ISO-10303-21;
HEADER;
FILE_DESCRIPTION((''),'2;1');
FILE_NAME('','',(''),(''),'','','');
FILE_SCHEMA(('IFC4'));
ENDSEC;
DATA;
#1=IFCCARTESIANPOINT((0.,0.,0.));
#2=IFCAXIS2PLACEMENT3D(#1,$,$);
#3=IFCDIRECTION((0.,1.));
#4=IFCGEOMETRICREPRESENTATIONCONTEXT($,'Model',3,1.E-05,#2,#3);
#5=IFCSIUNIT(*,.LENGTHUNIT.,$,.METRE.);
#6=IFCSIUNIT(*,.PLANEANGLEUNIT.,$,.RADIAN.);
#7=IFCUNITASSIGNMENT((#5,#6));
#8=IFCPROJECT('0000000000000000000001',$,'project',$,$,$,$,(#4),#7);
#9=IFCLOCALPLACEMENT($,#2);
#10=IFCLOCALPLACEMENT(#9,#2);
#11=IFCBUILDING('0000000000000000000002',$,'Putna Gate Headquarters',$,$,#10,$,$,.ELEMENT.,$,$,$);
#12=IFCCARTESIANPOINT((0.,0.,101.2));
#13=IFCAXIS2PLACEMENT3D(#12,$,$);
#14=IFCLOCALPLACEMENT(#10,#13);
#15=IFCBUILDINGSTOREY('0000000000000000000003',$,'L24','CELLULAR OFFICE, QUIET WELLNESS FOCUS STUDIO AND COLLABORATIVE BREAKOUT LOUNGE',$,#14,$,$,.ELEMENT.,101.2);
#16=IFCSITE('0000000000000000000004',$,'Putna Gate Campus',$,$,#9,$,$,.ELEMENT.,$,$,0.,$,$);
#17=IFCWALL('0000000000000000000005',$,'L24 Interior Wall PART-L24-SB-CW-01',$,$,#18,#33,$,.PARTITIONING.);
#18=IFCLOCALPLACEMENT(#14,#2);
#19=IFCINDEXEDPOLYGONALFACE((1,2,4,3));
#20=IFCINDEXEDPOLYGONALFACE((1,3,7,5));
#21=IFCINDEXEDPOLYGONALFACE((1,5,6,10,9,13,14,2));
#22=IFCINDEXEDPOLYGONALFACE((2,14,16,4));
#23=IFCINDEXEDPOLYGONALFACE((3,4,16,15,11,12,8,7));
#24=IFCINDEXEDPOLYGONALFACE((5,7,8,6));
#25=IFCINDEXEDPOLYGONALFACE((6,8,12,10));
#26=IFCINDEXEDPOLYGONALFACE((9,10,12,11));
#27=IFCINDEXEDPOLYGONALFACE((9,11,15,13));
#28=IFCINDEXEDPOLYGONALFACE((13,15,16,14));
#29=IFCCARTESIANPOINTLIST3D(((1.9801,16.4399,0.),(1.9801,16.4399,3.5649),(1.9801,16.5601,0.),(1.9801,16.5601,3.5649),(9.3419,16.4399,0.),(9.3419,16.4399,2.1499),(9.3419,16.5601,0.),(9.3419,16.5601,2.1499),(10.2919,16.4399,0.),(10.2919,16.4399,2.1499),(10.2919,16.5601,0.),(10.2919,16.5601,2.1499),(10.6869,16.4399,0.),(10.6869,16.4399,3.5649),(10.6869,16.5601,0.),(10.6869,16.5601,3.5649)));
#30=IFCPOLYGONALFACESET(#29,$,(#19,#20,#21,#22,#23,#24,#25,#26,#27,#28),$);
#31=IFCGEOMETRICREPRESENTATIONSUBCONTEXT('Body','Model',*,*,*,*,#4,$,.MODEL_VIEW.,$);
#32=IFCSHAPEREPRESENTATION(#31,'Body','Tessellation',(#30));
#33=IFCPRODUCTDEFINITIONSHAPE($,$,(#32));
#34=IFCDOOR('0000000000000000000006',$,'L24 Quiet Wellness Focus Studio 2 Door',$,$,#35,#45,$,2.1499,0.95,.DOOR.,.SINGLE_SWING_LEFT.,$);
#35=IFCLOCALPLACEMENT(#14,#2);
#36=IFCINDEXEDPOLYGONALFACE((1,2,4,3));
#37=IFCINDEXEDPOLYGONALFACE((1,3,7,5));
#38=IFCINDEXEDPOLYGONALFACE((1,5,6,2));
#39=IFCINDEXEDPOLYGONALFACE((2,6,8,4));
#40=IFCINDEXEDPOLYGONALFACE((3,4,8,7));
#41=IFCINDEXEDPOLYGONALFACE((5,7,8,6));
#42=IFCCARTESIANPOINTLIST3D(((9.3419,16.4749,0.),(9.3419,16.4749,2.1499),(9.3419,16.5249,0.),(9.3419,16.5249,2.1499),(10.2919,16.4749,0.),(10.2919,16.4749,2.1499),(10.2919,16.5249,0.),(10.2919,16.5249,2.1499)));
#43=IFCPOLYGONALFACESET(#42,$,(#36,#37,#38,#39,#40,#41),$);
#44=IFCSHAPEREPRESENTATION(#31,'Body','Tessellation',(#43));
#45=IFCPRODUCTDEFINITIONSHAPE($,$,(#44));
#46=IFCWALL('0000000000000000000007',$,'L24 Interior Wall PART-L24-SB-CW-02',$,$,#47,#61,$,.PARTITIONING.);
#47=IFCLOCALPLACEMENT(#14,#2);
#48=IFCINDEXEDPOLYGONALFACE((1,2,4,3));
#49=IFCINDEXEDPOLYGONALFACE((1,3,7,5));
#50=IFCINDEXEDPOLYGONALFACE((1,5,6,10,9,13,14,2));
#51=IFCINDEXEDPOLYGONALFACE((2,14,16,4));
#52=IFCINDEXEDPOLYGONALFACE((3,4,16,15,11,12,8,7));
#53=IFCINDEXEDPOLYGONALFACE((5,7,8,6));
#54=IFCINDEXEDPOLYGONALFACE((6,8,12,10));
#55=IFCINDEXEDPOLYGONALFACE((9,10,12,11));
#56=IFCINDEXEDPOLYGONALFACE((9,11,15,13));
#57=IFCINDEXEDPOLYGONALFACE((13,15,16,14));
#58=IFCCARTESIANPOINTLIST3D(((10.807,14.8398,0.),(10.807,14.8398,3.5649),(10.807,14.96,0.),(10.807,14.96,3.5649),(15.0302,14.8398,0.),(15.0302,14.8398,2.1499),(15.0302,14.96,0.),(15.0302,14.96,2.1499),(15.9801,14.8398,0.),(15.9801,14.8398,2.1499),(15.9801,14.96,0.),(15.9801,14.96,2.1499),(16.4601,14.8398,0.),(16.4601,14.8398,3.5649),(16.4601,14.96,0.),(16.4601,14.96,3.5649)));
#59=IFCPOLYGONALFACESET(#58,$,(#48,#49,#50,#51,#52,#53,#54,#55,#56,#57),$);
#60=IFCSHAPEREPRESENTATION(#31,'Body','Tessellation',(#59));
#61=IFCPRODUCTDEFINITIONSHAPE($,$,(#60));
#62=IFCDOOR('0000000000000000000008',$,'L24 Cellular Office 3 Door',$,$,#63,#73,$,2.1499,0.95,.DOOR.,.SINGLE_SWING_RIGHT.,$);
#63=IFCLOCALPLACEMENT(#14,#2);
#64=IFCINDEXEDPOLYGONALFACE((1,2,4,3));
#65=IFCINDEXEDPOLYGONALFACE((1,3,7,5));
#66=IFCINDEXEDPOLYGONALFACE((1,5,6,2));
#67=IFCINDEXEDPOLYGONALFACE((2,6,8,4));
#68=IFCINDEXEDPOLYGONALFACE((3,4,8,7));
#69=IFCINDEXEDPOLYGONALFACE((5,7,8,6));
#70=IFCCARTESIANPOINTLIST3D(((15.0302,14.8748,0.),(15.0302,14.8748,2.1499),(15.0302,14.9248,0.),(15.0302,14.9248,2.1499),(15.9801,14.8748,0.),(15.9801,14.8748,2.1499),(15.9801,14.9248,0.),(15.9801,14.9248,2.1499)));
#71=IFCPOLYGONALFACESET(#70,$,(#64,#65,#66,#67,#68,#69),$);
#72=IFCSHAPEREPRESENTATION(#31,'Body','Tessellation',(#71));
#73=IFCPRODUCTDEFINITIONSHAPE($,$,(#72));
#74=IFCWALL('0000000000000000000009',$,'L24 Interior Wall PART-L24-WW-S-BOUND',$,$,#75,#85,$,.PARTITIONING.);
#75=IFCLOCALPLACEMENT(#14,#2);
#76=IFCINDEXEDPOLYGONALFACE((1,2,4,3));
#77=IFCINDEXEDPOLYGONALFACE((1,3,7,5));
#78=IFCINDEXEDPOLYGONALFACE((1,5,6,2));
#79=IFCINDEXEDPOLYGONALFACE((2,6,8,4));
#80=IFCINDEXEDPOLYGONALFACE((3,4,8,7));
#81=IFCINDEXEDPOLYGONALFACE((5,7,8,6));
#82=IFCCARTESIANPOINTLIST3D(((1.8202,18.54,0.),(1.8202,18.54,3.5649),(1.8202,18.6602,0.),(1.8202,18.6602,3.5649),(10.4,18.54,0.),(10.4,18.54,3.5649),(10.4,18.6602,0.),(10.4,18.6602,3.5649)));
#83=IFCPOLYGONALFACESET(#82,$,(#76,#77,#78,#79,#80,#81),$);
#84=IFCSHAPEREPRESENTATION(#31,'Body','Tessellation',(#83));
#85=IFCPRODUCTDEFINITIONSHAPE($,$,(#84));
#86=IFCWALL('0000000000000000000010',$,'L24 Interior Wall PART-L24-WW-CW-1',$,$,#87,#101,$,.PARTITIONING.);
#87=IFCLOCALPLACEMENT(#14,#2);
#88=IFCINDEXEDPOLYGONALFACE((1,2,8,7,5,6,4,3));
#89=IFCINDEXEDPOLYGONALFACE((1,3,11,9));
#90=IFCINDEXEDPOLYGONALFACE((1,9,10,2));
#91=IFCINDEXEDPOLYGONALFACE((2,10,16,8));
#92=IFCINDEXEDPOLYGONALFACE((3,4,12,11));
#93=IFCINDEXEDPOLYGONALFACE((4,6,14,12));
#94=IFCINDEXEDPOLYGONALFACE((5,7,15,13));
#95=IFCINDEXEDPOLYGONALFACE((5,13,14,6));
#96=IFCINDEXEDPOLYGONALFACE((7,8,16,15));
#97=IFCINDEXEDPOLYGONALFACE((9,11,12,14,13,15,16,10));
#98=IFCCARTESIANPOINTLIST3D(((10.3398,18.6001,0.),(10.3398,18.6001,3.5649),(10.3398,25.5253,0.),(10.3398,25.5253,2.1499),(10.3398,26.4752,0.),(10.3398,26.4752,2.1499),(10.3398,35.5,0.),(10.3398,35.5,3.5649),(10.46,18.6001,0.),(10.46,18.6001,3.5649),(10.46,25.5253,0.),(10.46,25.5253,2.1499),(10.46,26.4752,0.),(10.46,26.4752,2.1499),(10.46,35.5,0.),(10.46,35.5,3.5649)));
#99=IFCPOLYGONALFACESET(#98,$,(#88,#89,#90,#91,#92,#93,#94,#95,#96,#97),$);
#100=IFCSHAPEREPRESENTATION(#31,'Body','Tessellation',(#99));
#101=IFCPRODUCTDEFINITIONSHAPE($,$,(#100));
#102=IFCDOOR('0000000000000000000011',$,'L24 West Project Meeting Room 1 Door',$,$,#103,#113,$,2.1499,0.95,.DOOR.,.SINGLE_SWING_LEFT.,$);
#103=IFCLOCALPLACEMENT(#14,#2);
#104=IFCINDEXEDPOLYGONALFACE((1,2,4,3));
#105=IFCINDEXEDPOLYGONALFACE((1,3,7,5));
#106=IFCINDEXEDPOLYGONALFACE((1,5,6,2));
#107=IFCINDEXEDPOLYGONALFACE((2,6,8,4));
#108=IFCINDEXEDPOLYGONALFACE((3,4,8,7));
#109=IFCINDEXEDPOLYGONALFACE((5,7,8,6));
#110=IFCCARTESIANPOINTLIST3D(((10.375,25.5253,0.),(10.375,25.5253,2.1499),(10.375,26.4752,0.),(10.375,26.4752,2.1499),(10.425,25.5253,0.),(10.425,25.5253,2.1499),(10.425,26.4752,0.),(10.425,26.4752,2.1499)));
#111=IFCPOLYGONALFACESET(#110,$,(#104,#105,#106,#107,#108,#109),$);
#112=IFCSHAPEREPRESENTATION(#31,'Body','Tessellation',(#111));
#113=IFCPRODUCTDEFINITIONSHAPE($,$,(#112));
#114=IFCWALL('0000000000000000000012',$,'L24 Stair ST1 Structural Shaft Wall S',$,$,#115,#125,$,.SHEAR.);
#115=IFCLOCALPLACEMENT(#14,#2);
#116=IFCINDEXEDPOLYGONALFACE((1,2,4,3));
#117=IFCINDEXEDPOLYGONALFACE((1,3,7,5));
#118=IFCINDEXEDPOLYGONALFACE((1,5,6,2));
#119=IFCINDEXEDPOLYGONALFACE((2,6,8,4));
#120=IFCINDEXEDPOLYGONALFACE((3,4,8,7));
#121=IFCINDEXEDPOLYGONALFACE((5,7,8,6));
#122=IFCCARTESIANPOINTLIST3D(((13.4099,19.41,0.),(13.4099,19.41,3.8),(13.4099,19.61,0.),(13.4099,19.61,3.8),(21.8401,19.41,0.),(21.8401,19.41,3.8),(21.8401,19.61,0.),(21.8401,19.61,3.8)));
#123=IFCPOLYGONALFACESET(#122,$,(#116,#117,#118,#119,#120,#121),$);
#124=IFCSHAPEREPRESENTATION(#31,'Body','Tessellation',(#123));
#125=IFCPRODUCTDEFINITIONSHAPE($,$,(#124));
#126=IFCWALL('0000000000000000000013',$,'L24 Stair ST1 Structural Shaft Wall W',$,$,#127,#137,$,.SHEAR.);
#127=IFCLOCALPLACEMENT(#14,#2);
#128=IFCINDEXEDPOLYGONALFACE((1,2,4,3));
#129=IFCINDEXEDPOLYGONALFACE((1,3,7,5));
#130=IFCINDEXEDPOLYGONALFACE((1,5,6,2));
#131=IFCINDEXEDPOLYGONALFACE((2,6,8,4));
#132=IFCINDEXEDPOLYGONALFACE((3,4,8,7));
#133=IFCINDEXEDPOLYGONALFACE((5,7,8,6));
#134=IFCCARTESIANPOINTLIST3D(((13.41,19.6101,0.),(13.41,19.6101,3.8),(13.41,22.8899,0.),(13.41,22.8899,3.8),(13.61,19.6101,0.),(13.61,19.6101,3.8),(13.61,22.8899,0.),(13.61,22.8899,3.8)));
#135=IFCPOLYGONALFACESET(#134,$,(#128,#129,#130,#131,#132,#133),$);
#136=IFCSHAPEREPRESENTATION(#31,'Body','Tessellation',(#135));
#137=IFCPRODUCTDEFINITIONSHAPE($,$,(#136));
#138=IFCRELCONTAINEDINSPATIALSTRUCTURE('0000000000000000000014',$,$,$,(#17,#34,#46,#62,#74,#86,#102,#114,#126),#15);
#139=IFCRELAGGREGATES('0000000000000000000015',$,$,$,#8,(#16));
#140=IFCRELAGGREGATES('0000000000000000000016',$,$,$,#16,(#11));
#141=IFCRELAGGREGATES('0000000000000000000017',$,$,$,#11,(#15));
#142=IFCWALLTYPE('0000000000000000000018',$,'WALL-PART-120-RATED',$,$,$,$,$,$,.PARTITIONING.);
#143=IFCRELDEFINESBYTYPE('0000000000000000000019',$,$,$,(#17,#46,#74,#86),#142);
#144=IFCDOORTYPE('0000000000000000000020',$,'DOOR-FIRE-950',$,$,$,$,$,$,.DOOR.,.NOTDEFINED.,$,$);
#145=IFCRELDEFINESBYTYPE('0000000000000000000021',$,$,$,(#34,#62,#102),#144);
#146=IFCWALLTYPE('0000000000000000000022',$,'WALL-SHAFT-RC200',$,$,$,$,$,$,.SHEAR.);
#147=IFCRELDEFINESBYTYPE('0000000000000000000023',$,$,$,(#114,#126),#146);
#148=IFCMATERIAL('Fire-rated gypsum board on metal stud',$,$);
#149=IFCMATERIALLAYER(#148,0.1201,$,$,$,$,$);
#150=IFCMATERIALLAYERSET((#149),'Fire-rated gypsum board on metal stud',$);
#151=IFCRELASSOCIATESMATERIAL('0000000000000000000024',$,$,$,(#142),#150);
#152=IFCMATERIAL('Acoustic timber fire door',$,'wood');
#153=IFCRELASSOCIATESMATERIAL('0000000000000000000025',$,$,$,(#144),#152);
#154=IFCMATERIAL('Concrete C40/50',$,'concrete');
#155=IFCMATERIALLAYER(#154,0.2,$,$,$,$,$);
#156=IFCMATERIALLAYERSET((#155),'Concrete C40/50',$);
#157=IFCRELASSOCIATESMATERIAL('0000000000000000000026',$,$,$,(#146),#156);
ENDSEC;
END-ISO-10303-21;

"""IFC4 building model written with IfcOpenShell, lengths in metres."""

from ifc_helpers import new_model, si_unit, direction, frame, frame_2d, origin, place, context, subcontext, project, spatial, rectangle, extrude, material, layer, layer_set, type_object, element, fill, save


model = new_model("IFC4")

# Units and contexts
model_context = context("Model", 3, precision=1e-05, world=origin(), true_north=direction((0.0, 1.0)))
body_context = subcontext(model_context, "Body", "Model", "MODEL_VIEW")
ifc_project = project(units=[si_unit("LENGTHUNIT", "METRE"), si_unit("PLANEANGLEUNIT", "RADIAN")], contexts=[model_context])

# Site, building, storey
site_placement = place(None, origin())
site = spatial("IfcSite", under=ifc_project, at=site_placement, Name="Putna Gate Campus", CompositionType="ELEMENT", RefElevation=0.0)
building_placement = place(site_placement, origin())
building = spatial("IfcBuilding", under=site, at=building_placement, Name="Putna Gate Headquarters", CompositionType="ELEMENT")
storey_placement = place(building_placement, frame((0.0, 0.0, 101.2)))
storey = spatial("IfcBuildingStorey", under=building, at=storey_placement, Name="L24", Description="CELLULAR OFFICE, QUIET WELLNESS FOCUS STUDIO AND COLLABORATIVE BREAKOUT LOUNGE", CompositionType="ELEMENT", Elevation=101.2)

# Shared definitions
ifc_material_1 = material(Name="Fire-rated gypsum board on metal stud")
ifc_layer_1 = layer(ifc_material_1, 0.1201)
ifc_layer_set_1 = layer_set([ifc_layer_1], Name="Fire-rated gypsum board on metal stud")
wall_type_1 = type_object("IfcWallType", Name="WALL-PART-120-RATED", PredefinedType="PARTITIONING", material=ifc_layer_set_1)

# Walls, openings, doors
wall_1_placement = place(storey_placement, frame((1.98, 16.5, 0.0), z_axis=(0.0, 0.0, 1.0), x_axis=(1.0, 0.0, 0.0)))
wall_1 = element("IfcWall", 1, at=wall_1_placement, inside=storey, type_object=wall_type_1, Name="L24 Interior Wall PART-L24-SB-CW-01", PredefinedType="PARTITIONING", context=body_context, shape_type="SweptSolid", body=[
    extrude(rectangle(XDim=8.7068, YDim=0.1201, at=frame_2d((4.3535, 0.0))), origin(), (0.0, 0.0, 1.0), 3.5649),
])
opening_1_placement = place(wall_1_placement, frame((7.3618, 0.0, 0.0)))
opening_1 = element("IfcOpeningElement", 2, at=opening_1_placement, cuts=wall_1, PredefinedType="OPENING", context=body_context, shape_type="SweptSolid", body=[
    extrude(rectangle(XDim=0.95, YDim=2.1499, at=frame_2d((0.4751, 1.075))), frame((0.0, 0.0701, 0.0), z_axis=(0.0, -1.0, 0.0), x_axis=(1.0, 0.0, 0.0)), (0.0, 0.0, 1.0), 0.1401),
])
ifc_material_2 = material(Name="Acoustic timber fire door", Category="wood")
door_type_1 = type_object("IfcDoorType", Name="DOOR-FIRE-950", OperationType="NOTDEFINED", PredefinedType="DOOR", material=ifc_material_2)
door_1_placement = place(opening_1_placement, origin())
door_1 = element("IfcDoor", 3, at=door_1_placement, inside=storey, type_object=door_type_1, Name="L24 Quiet Wellness Focus Studio 2 Door", OperationType="SINGLE_SWING_LEFT", OverallHeight=2.1499, OverallWidth=0.95, PredefinedType="DOOR", context=body_context, shape_type="SweptSolid", body=[
    extrude(rectangle(XDim=0.95, YDim=2.1499, at=frame_2d((0.4751, 1.075))), frame((0.0, 0.0249, 0.0), z_axis=(0.0, -1.0, 0.0), x_axis=(1.0, 0.0, 0.0)), (0.0, 0.0, 1.0), 0.05),
])
fill(opening_1, door_1)
wall_2_placement = place(storey_placement, frame((10.8069, 14.8999, 0.0), z_axis=(0.0, 0.0, 1.0), x_axis=(1.0, 0.0, 0.0)))
wall_2 = element("IfcWall", 4, at=wall_2_placement, inside=storey, type_object=wall_type_1, Name="L24 Interior Wall PART-L24-SB-CW-02", PredefinedType="PARTITIONING", context=body_context, shape_type="SweptSolid", body=[
    extrude(rectangle(XDim=5.6531, YDim=0.1201, at=frame_2d((2.8267, 0.0))), origin(), (0.0, 0.0, 1.0), 3.5649),
])
opening_2_placement = place(wall_2_placement, frame((4.2231, 0.0, 0.0)))
opening_2 = element("IfcOpeningElement", 5, at=opening_2_placement, cuts=wall_2, PredefinedType="OPENING", context=body_context, shape_type="SweptSolid", body=[
    extrude(rectangle(XDim=0.95, YDim=2.1499, at=frame_2d((0.4751, 1.075))), frame((0.0, 0.0701, 0.0), z_axis=(0.0, -1.0, 0.0), x_axis=(1.0, 0.0, 0.0)), (0.0, 0.0, 1.0), 0.1401),
])
door_2_placement = place(opening_2_placement, origin())
door_2 = element("IfcDoor", 6, at=door_2_placement, inside=storey, type_object=door_type_1, Name="L24 Cellular Office 3 Door", OperationType="SINGLE_SWING_RIGHT", OverallHeight=2.1499, OverallWidth=0.95, PredefinedType="DOOR", context=body_context, shape_type="SweptSolid", body=[
    extrude(rectangle(XDim=0.95, YDim=2.1499, at=frame_2d((0.4751, 1.075))), frame((0.0, 0.0249, 0.0), z_axis=(0.0, -1.0, 0.0), x_axis=(1.0, 0.0, 0.0)), (0.0, 0.0, 1.0), 0.05),
])
fill(opening_2, door_2)

# Wall
wall_3_placement = place(storey_placement, frame((1.8201, 18.6001, 0.0), z_axis=(0.0, 0.0, 1.0), x_axis=(1.0, 0.0, 0.0)))
element("IfcWall", 7, at=wall_3_placement, inside=storey, type_object=wall_type_1, Name="L24 Interior Wall PART-L24-WW-S-BOUND", PredefinedType="PARTITIONING", context=body_context, shape_type="SweptSolid", body=[
    extrude(rectangle(XDim=8.5798, YDim=0.1201, at=frame_2d((4.29, 0.0))), origin(), (0.0, 0.0, 1.0), 3.5649),
])

# Wall, opening, door
wall_4_placement = place(storey_placement, frame((10.3999, 18.6001, 0.0), z_axis=(0.0, 0.0, 1.0), x_axis=(0.0, 1.0, 0.0)))
wall_4 = element("IfcWall", 8, at=wall_4_placement, inside=storey, type_object=wall_type_1, Name="L24 Interior Wall PART-L24-WW-CW-1", PredefinedType="PARTITIONING", context=body_context, shape_type="SweptSolid", body=[
    extrude(rectangle(XDim=16.8999, YDim=0.1201, at=frame_2d((8.45, 0.0))), origin(), (0.0, 0.0, 1.0), 3.5649),
])
opening_3_placement = place(wall_4_placement, frame((6.925, 0.0, 0.0)))
opening_3 = element("IfcOpeningElement", 9, at=opening_3_placement, cuts=wall_4, PredefinedType="OPENING", context=body_context, shape_type="SweptSolid", body=[
    extrude(rectangle(XDim=0.95, YDim=2.1499, at=frame_2d((0.4751, 1.075))), frame((0.0, 0.0701, 0.0), z_axis=(0.0, -1.0, 0.0), x_axis=(1.0, 0.0, 0.0)), (0.0, 0.0, 1.0), 0.1401),
])
door_3_placement = place(opening_3_placement, origin())
door_3 = element("IfcDoor", 10, at=door_3_placement, inside=storey, type_object=door_type_1, Name="L24 West Project Meeting Room 1 Door", OperationType="SINGLE_SWING_LEFT", OverallHeight=2.1499, OverallWidth=0.95, PredefinedType="DOOR", context=body_context, shape_type="SweptSolid", body=[
    extrude(rectangle(XDim=0.95, YDim=2.1499, at=frame_2d((0.4751, 1.075))), frame((0.0, 0.0249, 0.0), z_axis=(0.0, -1.0, 0.0), x_axis=(1.0, 0.0, 0.0)), (0.0, 0.0, 1.0), 0.05),
])
fill(opening_3, door_3)

# Walls
ifc_material_3 = material(Name="Concrete C40/50", Category="concrete")
ifc_layer_2 = layer(ifc_material_3, 0.2)
ifc_layer_set_2 = layer_set([ifc_layer_2], Name="Concrete C40/50")
wall_type_2 = type_object("IfcWallType", Name="WALL-SHAFT-RC200", PredefinedType="SHEAR", material=ifc_layer_set_2)
wall_5_placement = place(storey_placement, frame((13.4099, 19.51, 0.0), z_axis=(0.0, 0.0, 1.0), x_axis=(1.0, 0.0, 0.0)))
element("IfcWall", 11, at=wall_5_placement, inside=storey, type_object=wall_type_2, Name="L24 Stair ST1 Structural Shaft Wall S", PredefinedType="SHEAR", context=body_context, shape_type="SweptSolid", body=[
    extrude(rectangle(XDim=8.4302, YDim=0.2, at=frame_2d((4.2151, 0.0))), origin(), (0.0, 0.0, 1.0), 3.8),
])
wall_6_placement = place(storey_placement, frame((13.51, 19.6101, 0.0), z_axis=(0.0, 0.0, 1.0), x_axis=(0.0, 1.0, 0.0)))
element("IfcWall", 12, at=wall_6_placement, inside=storey, type_object=wall_type_2, Name="L24 Stair ST1 Structural Shaft Wall W", PredefinedType="SHEAR", context=body_context, shape_type="SweptSolid", body=[
    extrude(rectangle(XDim=3.2798, YDim=0.2, at=frame_2d((1.6399, 0.0))), origin(), (0.0, 0.0, 1.0), 3.8),
])

save(model, "model.ifc")
